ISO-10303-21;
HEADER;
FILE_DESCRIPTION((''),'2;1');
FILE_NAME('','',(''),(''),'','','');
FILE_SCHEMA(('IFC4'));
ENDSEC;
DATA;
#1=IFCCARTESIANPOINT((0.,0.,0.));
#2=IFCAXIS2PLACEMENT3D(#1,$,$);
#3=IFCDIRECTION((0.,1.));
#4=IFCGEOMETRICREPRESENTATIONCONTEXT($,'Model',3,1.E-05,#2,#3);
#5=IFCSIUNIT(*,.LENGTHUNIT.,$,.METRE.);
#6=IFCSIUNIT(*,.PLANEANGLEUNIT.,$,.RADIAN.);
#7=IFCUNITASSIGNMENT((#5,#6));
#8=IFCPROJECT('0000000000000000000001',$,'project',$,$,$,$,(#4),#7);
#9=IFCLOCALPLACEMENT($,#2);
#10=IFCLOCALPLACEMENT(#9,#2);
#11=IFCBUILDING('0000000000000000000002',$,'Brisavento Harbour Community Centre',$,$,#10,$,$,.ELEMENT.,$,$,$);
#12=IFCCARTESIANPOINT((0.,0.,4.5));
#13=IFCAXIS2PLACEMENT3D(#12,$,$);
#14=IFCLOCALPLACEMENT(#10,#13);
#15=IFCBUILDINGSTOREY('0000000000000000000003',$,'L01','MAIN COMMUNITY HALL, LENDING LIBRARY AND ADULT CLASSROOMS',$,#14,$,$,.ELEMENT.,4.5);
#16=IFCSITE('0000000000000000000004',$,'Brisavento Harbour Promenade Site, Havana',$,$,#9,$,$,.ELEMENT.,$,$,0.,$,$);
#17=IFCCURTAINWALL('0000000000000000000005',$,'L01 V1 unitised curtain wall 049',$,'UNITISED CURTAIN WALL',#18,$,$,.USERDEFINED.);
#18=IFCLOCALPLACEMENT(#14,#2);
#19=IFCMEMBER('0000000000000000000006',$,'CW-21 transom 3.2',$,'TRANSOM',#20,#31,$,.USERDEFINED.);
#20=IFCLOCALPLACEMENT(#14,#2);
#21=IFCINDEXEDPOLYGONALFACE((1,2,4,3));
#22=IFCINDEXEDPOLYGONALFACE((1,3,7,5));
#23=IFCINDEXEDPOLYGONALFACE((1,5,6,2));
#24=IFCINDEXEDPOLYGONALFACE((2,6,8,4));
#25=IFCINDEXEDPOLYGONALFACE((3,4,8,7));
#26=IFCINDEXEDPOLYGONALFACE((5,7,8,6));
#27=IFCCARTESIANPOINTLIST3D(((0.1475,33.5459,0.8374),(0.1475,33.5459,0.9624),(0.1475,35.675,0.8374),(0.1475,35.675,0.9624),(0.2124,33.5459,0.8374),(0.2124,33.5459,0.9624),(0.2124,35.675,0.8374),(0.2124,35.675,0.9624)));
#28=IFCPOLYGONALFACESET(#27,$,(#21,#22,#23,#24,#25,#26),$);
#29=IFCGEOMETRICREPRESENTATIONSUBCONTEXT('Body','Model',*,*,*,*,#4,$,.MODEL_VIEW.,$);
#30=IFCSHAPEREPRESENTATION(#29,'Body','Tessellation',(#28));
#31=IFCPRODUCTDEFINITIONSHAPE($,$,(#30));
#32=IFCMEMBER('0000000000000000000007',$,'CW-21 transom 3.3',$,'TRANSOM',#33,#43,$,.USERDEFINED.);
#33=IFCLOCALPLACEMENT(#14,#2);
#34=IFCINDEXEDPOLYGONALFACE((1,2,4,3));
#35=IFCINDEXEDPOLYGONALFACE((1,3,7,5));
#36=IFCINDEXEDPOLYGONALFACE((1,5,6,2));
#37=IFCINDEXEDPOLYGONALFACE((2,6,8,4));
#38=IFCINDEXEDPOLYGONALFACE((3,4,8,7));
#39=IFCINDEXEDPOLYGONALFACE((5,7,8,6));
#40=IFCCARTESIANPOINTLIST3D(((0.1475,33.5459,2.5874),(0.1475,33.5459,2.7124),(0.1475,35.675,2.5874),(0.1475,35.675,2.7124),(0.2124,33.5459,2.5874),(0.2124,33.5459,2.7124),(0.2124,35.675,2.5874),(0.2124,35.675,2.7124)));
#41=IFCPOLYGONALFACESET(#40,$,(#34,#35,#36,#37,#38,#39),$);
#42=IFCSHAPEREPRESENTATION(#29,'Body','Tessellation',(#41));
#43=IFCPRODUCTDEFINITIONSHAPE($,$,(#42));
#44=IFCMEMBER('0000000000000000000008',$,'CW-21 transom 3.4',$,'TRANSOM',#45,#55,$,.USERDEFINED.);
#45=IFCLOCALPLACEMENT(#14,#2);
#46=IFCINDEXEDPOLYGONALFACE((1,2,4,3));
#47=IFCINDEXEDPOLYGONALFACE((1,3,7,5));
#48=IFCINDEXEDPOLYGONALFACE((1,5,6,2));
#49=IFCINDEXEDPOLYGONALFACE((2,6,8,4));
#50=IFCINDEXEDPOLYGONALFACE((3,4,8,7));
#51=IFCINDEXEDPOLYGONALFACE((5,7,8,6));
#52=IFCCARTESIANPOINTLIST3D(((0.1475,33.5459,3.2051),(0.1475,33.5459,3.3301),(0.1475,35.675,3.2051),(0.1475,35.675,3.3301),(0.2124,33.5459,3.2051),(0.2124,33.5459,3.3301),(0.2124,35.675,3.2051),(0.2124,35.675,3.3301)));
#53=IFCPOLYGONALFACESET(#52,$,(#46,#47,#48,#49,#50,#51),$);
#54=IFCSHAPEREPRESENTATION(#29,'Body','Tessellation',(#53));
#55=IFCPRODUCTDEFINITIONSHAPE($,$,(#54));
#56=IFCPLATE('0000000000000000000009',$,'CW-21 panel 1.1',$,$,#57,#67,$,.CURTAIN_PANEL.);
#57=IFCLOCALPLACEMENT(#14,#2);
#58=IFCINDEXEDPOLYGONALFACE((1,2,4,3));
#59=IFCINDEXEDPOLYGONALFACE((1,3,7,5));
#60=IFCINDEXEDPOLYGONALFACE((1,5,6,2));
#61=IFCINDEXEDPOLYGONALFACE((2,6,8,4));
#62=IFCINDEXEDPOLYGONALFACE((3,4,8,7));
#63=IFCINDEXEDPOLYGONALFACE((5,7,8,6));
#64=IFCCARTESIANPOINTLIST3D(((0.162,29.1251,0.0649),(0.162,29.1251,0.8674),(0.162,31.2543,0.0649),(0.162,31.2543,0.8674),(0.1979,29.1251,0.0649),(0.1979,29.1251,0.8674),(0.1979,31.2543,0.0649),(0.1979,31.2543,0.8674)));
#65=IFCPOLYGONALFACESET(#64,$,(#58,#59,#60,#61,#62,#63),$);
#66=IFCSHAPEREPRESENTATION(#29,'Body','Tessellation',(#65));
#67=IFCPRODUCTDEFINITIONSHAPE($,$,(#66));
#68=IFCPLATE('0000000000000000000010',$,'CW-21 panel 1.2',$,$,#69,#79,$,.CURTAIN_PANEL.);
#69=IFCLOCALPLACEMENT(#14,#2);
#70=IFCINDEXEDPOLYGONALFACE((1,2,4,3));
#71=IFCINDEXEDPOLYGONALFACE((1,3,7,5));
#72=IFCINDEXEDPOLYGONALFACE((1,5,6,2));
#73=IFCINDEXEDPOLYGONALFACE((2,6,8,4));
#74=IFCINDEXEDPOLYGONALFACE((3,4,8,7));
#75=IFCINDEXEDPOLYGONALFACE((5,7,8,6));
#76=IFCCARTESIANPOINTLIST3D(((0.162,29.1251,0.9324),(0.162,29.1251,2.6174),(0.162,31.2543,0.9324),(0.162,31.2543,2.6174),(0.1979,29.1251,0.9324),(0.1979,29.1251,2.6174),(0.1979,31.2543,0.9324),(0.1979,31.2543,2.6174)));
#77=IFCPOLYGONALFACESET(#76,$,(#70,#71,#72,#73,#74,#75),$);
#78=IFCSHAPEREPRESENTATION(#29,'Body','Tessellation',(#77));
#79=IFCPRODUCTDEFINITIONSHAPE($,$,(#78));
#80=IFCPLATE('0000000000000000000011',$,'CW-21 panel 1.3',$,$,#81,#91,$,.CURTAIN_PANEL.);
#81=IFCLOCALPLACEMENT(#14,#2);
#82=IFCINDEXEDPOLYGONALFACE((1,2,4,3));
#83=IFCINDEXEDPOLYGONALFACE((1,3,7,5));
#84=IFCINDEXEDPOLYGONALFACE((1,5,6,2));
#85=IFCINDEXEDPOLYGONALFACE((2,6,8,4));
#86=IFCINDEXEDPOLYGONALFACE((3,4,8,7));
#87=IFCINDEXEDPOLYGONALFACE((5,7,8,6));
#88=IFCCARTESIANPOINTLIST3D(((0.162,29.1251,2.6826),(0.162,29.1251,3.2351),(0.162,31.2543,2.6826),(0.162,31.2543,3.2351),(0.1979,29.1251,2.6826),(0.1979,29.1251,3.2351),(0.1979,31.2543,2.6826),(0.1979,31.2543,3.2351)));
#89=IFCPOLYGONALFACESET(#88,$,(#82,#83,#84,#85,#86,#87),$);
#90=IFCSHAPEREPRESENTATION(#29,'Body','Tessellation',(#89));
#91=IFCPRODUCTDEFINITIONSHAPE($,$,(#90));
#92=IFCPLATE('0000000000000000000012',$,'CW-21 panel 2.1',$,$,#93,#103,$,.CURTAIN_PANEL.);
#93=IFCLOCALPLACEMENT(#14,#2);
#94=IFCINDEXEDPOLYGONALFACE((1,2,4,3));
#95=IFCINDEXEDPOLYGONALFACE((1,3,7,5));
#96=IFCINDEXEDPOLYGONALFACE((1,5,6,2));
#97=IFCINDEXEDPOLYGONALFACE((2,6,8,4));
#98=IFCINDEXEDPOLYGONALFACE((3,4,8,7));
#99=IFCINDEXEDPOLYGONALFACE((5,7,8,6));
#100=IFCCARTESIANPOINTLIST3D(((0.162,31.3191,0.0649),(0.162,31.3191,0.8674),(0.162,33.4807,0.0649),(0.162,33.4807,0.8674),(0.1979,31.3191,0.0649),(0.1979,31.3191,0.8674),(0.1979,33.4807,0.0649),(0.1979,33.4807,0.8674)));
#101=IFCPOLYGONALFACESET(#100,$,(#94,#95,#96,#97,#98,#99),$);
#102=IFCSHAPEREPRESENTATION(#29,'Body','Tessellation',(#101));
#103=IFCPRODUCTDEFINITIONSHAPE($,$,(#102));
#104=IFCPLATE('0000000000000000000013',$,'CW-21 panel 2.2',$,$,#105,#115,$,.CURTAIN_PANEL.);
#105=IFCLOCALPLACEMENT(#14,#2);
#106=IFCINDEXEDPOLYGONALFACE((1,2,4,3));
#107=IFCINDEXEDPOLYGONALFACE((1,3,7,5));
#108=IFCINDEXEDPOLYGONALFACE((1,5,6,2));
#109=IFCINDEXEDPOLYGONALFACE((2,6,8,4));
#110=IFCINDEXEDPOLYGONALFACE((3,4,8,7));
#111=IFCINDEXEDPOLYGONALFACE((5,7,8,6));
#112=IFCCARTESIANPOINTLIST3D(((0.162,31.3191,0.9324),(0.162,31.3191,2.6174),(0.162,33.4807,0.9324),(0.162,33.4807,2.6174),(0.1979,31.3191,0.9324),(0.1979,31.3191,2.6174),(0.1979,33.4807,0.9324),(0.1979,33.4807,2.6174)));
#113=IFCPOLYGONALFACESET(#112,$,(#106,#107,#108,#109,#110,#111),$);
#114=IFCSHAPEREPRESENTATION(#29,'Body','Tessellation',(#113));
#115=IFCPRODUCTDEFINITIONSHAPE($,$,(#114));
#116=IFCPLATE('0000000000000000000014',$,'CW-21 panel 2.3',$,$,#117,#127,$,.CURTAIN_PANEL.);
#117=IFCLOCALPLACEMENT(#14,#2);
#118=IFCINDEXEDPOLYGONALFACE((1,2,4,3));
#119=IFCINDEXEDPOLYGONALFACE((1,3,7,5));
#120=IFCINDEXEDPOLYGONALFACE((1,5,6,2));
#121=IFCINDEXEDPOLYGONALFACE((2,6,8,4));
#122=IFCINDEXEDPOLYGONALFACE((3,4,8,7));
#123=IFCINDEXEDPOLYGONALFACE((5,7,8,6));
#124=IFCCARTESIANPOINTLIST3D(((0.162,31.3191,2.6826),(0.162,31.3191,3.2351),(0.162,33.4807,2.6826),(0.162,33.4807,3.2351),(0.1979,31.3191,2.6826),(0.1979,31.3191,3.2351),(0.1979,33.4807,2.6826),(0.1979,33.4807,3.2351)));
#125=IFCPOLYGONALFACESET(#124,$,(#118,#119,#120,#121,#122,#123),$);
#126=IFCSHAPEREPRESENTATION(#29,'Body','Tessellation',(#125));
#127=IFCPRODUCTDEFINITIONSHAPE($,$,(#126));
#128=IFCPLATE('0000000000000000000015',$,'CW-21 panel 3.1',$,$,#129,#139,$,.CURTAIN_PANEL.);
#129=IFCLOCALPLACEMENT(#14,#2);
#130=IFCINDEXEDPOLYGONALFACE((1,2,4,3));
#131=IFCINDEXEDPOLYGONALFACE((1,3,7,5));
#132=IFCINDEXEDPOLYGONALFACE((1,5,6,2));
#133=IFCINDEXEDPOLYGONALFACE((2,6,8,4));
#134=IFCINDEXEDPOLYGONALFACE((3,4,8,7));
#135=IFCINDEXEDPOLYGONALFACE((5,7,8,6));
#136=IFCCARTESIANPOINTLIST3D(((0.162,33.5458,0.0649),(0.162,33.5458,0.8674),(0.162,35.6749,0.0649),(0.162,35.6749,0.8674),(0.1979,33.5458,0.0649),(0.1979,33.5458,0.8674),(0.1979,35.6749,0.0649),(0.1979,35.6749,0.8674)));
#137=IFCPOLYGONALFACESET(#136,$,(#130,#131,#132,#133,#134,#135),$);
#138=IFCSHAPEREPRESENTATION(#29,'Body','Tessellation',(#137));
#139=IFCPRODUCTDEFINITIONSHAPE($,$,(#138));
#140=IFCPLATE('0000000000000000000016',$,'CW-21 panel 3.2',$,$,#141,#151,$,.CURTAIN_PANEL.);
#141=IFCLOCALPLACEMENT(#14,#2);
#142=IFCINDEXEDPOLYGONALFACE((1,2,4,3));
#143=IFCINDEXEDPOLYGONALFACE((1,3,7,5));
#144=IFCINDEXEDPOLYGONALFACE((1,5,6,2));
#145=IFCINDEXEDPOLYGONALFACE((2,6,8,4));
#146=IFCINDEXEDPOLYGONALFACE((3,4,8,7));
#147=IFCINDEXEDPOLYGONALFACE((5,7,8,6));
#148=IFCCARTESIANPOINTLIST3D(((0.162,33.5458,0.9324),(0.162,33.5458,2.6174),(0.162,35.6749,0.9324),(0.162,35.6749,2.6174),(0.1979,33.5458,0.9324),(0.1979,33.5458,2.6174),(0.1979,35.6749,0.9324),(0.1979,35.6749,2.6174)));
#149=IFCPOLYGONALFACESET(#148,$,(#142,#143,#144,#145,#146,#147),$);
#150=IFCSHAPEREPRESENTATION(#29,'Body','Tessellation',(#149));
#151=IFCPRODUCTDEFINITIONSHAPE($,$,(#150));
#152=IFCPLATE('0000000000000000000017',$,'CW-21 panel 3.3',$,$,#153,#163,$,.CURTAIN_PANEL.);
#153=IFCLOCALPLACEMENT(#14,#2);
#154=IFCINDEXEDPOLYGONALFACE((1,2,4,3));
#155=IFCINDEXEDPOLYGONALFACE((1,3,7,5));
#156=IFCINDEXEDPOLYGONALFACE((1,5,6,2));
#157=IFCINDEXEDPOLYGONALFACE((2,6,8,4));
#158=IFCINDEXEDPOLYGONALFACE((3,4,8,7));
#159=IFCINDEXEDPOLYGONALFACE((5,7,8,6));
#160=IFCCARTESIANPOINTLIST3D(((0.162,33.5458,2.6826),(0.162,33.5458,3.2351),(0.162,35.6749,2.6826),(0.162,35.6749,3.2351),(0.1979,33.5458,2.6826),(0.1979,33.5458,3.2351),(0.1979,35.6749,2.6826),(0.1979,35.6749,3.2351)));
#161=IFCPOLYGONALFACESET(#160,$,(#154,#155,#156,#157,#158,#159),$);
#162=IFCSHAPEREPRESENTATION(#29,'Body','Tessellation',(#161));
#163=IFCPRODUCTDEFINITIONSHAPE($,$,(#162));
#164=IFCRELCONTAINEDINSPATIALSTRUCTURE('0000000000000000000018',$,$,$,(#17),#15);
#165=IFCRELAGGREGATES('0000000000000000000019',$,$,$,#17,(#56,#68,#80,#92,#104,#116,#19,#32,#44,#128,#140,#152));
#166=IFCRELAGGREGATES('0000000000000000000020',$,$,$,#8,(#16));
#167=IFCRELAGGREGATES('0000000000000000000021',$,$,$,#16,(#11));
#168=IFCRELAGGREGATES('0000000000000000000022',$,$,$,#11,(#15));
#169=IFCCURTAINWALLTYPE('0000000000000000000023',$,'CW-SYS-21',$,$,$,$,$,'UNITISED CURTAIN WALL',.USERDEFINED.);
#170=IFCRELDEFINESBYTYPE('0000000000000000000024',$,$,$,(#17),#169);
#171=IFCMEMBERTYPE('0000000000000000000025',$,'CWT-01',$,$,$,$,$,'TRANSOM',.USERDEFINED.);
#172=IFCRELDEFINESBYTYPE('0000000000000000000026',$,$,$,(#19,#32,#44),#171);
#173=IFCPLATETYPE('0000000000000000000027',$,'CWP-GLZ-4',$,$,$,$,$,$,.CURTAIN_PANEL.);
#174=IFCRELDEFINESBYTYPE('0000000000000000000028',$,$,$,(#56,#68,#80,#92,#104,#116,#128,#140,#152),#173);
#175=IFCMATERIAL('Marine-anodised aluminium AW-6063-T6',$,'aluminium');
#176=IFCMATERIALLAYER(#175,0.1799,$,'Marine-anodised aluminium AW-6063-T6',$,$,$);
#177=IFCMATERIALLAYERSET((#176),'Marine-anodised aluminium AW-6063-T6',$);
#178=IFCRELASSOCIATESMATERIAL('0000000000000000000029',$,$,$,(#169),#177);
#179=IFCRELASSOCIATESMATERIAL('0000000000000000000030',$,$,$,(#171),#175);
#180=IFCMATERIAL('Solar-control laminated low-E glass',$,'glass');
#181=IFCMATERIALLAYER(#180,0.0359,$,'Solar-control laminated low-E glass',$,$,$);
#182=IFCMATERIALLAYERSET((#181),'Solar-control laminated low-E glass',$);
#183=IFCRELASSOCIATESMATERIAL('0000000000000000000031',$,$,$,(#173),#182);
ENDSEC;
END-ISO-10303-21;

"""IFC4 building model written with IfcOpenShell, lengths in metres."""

from ifc_helpers import new_model, si_unit, direction, frame, origin, origin_2d, place, context, subcontext, project, spatial, rectangle, extrude, material, layer, layer_set, material_profile, profile_set, type_object, element, aggregate, save


model = new_model("IFC4")

# Units and contexts
model_context = context("Model", 3, precision=1e-05, world=origin(), true_north=direction((0.0, 1.0)))
body_context = subcontext(model_context, "Body", "Model", "MODEL_VIEW")
ifc_project = project(units=[si_unit("LENGTHUNIT", "METRE"), si_unit("PLANEANGLEUNIT", "RADIAN")], contexts=[model_context])

# Site, building, storey
site_placement = place(None, origin())
site = spatial("IfcSite", under=ifc_project, at=site_placement, Name="Brisavento Harbour Promenade Site, Havana", CompositionType="ELEMENT", RefElevation=0.0)
building_placement = place(site_placement, origin())
building = spatial("IfcBuilding", under=site, at=building_placement, Name="Brisavento Harbour Community Centre", CompositionType="ELEMENT")
storey_placement = place(building_placement, frame((0.0, 0.0, 4.5)))
storey = spatial("IfcBuildingStorey", under=building, at=storey_placement, Name="L01", Description="MAIN COMMUNITY HALL, LENDING LIBRARY AND ADULT CLASSROOMS", CompositionType="ELEMENT", Elevation=4.5)

# Curtain wall, members, plates
ifc_material_1 = material(Name="Marine-anodised aluminium AW-6063-T6", Category="aluminium")
ifc_layer_1 = layer(ifc_material_1, 0.1799, Name="Marine-anodised aluminium AW-6063-T6")
ifc_layer_set_1 = layer_set([ifc_layer_1], Name="Marine-anodised aluminium AW-6063-T6")
curtain_wall_type = type_object("IfcCurtainWallType", Name="CW-SYS-21", ElementType="UNITISED CURTAIN WALL", PredefinedType="USERDEFINED", material=ifc_layer_set_1)
curtain_wall_placement = place(storey_placement, origin())
curtain_wall = element("IfcCurtainWall", 1, at=curtain_wall_placement, inside=storey, type_object=curtain_wall_type, Name="L01 V1 unitised curtain wall 049", ObjectType="UNITISED CURTAIN WALL", PredefinedType="USERDEFINED")
ifc_material_profile_1 = material_profile(ifc_material_1, rectangle(XDim=0.0649, YDim=0.125, at=origin_2d()), Name="Marine-anodised aluminium AW-6063-T6")
ifc_profile_set_1 = profile_set([ifc_material_profile_1], Name="Marine-anodised aluminium AW-6063-T6")
member_type_1 = type_object("IfcMemberType", Name="CWT-01", ElementType="TRANSOM", PredefinedType="USERDEFINED", material=ifc_profile_set_1)
member_1_placement = place(storey_placement, frame((0.1799, 33.5459, 0.8999), z_axis=(0.0, 1.0, 0.0), x_axis=(-1.0, 0.0, 0.0)))
member_1 = element("IfcMember", 2, at=member_1_placement, type_object=member_type_1, Name="CW-21 transom 3.2", ObjectType="TRANSOM", PredefinedType="USERDEFINED", context=body_context, shape_type="SweptSolid", body=[
    extrude(rectangle(XDim=0.0649, YDim=0.125, at=origin_2d()), origin(), (0.0, 0.0, 1.0), 2.1292),
])
member_2_placement = place(storey_placement, frame((0.1799, 33.5459, 2.6499), z_axis=(0.0, 1.0, 0.0), x_axis=(-1.0, 0.0, 0.0)))
member_2 = element("IfcMember", 3, at=member_2_placement, type_object=member_type_1, Name="CW-21 transom 3.3", ObjectType="TRANSOM", PredefinedType="USERDEFINED", context=body_context, shape_type="SweptSolid", body=[
    extrude(rectangle(XDim=0.0649, YDim=0.125, at=origin_2d()), origin(), (0.0, 0.0, 1.0), 2.1292),
])
member_3_placement = place(storey_placement, frame((0.1799, 33.5459, 3.2676), z_axis=(0.0, 1.0, 0.0), x_axis=(-1.0, 0.0, 0.0)))
member_3 = element("IfcMember", 4, at=member_3_placement, type_object=member_type_1, Name="CW-21 transom 3.4", ObjectType="TRANSOM", PredefinedType="USERDEFINED", context=body_context, shape_type="SweptSolid", body=[
    extrude(rectangle(XDim=0.0649, YDim=0.125, at=origin_2d()), origin(), (0.0, 0.0, 1.0), 2.1292),
])
ifc_material_2 = material(Name="Solar-control laminated low-E glass", Category="glass")
ifc_layer_2 = layer(ifc_material_2, 0.0359, Name="Solar-control laminated low-E glass")
ifc_layer_set_2 = layer_set([ifc_layer_2], Name="Solar-control laminated low-E glass")
plate_type = type_object("IfcPlateType", Name="CWP-GLZ-4", PredefinedType="CURTAIN_PANEL", material=ifc_layer_set_2)
plate_1_placement = place(storey_placement, frame((0.1799, 30.1897, 0.0649), z_axis=(0.0, 0.0, 1.0), x_axis=(0.0, 1.0, 0.0)))
plate_1 = element("IfcPlate", 5, at=plate_1_placement, type_object=plate_type, Name="CW-21 panel 1.1", PredefinedType="CURTAIN_PANEL", context=body_context, shape_type="SweptSolid", body=[
    extrude(rectangle(XDim=2.1292, YDim=0.0359, at=origin_2d()), origin(), (0.0, 0.0, 1.0), 0.8025),
])
plate_2_placement = place(storey_placement, frame((0.1799, 30.1897, 0.9324), z_axis=(0.0, 0.0, 1.0), x_axis=(0.0, 1.0, 0.0)))
plate_2 = element("IfcPlate", 6, at=plate_2_placement, type_object=plate_type, Name="CW-21 panel 1.2", PredefinedType="CURTAIN_PANEL", context=body_context, shape_type="SweptSolid", body=[
    extrude(rectangle(XDim=2.1292, YDim=0.0359, at=origin_2d()), origin(), (0.0, 0.0, 1.0), 1.6851),
])
plate_3_placement = place(storey_placement, frame((0.1799, 30.1897, 2.6826), z_axis=(0.0, 0.0, 1.0), x_axis=(0.0, 1.0, 0.0)))
plate_3 = element("IfcPlate", 7, at=plate_3_placement, type_object=plate_type, Name="CW-21 panel 1.3", PredefinedType="CURTAIN_PANEL", context=body_context, shape_type="SweptSolid", body=[
    extrude(rectangle(XDim=2.1292, YDim=0.0359, at=origin_2d()), origin(), (0.0, 0.0, 1.0), 0.5525),
])
plate_4_placement = place(storey_placement, frame((0.1799, 32.3999, 0.0649), z_axis=(0.0, 0.0, 1.0), x_axis=(0.0, 1.0, 0.0)))
plate_4 = element("IfcPlate", 8, at=plate_4_placement, type_object=plate_type, Name="CW-21 panel 2.1", PredefinedType="CURTAIN_PANEL", context=body_context, shape_type="SweptSolid", body=[
    extrude(rectangle(XDim=2.1616, YDim=0.0359, at=origin_2d()), origin(), (0.0, 0.0, 1.0), 0.8025),
])
plate_5_placement = place(storey_placement, frame((0.1799, 32.3999, 0.9324), z_axis=(0.0, 0.0, 1.0), x_axis=(0.0, 1.0, 0.0)))
plate_5 = element("IfcPlate", 9, at=plate_5_placement, type_object=plate_type, Name="CW-21 panel 2.2", PredefinedType="CURTAIN_PANEL", context=body_context, shape_type="SweptSolid", body=[
    extrude(rectangle(XDim=2.1616, YDim=0.0359, at=origin_2d()), origin(), (0.0, 0.0, 1.0), 1.6851),
])
plate_6_placement = place(storey_placement, frame((0.1799, 32.3999, 2.6826), z_axis=(0.0, 0.0, 1.0), x_axis=(0.0, 1.0, 0.0)))
plate_6 = element("IfcPlate", 10, at=plate_6_placement, type_object=plate_type, Name="CW-21 panel 2.3", PredefinedType="CURTAIN_PANEL", context=body_context, shape_type="SweptSolid", body=[
    extrude(rectangle(XDim=2.1616, YDim=0.0359, at=origin_2d()), origin(), (0.0, 0.0, 1.0), 0.5525),
])
plate_7_placement = place(storey_placement, frame((0.1799, 34.6104, 0.0649), z_axis=(0.0, 0.0, 1.0), x_axis=(0.0, 1.0, 0.0)))
plate_7 = element("IfcPlate", 11, at=plate_7_placement, type_object=plate_type, Name="CW-21 panel 3.1", PredefinedType="CURTAIN_PANEL", context=body_context, shape_type="SweptSolid", body=[
    extrude(rectangle(XDim=2.1292, YDim=0.0359, at=origin_2d()), origin(), (0.0, 0.0, 1.0), 0.8025),
])
plate_8_placement = place(storey_placement, frame((0.1799, 34.6104, 0.9324), z_axis=(0.0, 0.0, 1.0), x_axis=(0.0, 1.0, 0.0)))
plate_8 = element("IfcPlate", 12, at=plate_8_placement, type_object=plate_type, Name="CW-21 panel 3.2", PredefinedType="CURTAIN_PANEL", context=body_context, shape_type="SweptSolid", body=[
    extrude(rectangle(XDim=2.1292, YDim=0.0359, at=origin_2d()), origin(), (0.0, 0.0, 1.0), 1.6851),
])
plate_9_placement = place(storey_placement, frame((0.1799, 34.6104, 2.6826), z_axis=(0.0, 0.0, 1.0), x_axis=(0.0, 1.0, 0.0)))
plate_9 = element("IfcPlate", 13, at=plate_9_placement, type_object=plate_type, Name="CW-21 panel 3.3", PredefinedType="CURTAIN_PANEL", context=body_context, shape_type="SweptSolid", body=[
    extrude(rectangle(XDim=2.1292, YDim=0.0359, at=origin_2d()), origin(), (0.0, 0.0, 1.0), 0.5525),
])
aggregate(curtain_wall, [plate_1, plate_2, plate_3, plate_4, plate_5, plate_6, member_1, member_2, member_3, plate_7, plate_8, plate_9])

save(model, "model.ifc")
